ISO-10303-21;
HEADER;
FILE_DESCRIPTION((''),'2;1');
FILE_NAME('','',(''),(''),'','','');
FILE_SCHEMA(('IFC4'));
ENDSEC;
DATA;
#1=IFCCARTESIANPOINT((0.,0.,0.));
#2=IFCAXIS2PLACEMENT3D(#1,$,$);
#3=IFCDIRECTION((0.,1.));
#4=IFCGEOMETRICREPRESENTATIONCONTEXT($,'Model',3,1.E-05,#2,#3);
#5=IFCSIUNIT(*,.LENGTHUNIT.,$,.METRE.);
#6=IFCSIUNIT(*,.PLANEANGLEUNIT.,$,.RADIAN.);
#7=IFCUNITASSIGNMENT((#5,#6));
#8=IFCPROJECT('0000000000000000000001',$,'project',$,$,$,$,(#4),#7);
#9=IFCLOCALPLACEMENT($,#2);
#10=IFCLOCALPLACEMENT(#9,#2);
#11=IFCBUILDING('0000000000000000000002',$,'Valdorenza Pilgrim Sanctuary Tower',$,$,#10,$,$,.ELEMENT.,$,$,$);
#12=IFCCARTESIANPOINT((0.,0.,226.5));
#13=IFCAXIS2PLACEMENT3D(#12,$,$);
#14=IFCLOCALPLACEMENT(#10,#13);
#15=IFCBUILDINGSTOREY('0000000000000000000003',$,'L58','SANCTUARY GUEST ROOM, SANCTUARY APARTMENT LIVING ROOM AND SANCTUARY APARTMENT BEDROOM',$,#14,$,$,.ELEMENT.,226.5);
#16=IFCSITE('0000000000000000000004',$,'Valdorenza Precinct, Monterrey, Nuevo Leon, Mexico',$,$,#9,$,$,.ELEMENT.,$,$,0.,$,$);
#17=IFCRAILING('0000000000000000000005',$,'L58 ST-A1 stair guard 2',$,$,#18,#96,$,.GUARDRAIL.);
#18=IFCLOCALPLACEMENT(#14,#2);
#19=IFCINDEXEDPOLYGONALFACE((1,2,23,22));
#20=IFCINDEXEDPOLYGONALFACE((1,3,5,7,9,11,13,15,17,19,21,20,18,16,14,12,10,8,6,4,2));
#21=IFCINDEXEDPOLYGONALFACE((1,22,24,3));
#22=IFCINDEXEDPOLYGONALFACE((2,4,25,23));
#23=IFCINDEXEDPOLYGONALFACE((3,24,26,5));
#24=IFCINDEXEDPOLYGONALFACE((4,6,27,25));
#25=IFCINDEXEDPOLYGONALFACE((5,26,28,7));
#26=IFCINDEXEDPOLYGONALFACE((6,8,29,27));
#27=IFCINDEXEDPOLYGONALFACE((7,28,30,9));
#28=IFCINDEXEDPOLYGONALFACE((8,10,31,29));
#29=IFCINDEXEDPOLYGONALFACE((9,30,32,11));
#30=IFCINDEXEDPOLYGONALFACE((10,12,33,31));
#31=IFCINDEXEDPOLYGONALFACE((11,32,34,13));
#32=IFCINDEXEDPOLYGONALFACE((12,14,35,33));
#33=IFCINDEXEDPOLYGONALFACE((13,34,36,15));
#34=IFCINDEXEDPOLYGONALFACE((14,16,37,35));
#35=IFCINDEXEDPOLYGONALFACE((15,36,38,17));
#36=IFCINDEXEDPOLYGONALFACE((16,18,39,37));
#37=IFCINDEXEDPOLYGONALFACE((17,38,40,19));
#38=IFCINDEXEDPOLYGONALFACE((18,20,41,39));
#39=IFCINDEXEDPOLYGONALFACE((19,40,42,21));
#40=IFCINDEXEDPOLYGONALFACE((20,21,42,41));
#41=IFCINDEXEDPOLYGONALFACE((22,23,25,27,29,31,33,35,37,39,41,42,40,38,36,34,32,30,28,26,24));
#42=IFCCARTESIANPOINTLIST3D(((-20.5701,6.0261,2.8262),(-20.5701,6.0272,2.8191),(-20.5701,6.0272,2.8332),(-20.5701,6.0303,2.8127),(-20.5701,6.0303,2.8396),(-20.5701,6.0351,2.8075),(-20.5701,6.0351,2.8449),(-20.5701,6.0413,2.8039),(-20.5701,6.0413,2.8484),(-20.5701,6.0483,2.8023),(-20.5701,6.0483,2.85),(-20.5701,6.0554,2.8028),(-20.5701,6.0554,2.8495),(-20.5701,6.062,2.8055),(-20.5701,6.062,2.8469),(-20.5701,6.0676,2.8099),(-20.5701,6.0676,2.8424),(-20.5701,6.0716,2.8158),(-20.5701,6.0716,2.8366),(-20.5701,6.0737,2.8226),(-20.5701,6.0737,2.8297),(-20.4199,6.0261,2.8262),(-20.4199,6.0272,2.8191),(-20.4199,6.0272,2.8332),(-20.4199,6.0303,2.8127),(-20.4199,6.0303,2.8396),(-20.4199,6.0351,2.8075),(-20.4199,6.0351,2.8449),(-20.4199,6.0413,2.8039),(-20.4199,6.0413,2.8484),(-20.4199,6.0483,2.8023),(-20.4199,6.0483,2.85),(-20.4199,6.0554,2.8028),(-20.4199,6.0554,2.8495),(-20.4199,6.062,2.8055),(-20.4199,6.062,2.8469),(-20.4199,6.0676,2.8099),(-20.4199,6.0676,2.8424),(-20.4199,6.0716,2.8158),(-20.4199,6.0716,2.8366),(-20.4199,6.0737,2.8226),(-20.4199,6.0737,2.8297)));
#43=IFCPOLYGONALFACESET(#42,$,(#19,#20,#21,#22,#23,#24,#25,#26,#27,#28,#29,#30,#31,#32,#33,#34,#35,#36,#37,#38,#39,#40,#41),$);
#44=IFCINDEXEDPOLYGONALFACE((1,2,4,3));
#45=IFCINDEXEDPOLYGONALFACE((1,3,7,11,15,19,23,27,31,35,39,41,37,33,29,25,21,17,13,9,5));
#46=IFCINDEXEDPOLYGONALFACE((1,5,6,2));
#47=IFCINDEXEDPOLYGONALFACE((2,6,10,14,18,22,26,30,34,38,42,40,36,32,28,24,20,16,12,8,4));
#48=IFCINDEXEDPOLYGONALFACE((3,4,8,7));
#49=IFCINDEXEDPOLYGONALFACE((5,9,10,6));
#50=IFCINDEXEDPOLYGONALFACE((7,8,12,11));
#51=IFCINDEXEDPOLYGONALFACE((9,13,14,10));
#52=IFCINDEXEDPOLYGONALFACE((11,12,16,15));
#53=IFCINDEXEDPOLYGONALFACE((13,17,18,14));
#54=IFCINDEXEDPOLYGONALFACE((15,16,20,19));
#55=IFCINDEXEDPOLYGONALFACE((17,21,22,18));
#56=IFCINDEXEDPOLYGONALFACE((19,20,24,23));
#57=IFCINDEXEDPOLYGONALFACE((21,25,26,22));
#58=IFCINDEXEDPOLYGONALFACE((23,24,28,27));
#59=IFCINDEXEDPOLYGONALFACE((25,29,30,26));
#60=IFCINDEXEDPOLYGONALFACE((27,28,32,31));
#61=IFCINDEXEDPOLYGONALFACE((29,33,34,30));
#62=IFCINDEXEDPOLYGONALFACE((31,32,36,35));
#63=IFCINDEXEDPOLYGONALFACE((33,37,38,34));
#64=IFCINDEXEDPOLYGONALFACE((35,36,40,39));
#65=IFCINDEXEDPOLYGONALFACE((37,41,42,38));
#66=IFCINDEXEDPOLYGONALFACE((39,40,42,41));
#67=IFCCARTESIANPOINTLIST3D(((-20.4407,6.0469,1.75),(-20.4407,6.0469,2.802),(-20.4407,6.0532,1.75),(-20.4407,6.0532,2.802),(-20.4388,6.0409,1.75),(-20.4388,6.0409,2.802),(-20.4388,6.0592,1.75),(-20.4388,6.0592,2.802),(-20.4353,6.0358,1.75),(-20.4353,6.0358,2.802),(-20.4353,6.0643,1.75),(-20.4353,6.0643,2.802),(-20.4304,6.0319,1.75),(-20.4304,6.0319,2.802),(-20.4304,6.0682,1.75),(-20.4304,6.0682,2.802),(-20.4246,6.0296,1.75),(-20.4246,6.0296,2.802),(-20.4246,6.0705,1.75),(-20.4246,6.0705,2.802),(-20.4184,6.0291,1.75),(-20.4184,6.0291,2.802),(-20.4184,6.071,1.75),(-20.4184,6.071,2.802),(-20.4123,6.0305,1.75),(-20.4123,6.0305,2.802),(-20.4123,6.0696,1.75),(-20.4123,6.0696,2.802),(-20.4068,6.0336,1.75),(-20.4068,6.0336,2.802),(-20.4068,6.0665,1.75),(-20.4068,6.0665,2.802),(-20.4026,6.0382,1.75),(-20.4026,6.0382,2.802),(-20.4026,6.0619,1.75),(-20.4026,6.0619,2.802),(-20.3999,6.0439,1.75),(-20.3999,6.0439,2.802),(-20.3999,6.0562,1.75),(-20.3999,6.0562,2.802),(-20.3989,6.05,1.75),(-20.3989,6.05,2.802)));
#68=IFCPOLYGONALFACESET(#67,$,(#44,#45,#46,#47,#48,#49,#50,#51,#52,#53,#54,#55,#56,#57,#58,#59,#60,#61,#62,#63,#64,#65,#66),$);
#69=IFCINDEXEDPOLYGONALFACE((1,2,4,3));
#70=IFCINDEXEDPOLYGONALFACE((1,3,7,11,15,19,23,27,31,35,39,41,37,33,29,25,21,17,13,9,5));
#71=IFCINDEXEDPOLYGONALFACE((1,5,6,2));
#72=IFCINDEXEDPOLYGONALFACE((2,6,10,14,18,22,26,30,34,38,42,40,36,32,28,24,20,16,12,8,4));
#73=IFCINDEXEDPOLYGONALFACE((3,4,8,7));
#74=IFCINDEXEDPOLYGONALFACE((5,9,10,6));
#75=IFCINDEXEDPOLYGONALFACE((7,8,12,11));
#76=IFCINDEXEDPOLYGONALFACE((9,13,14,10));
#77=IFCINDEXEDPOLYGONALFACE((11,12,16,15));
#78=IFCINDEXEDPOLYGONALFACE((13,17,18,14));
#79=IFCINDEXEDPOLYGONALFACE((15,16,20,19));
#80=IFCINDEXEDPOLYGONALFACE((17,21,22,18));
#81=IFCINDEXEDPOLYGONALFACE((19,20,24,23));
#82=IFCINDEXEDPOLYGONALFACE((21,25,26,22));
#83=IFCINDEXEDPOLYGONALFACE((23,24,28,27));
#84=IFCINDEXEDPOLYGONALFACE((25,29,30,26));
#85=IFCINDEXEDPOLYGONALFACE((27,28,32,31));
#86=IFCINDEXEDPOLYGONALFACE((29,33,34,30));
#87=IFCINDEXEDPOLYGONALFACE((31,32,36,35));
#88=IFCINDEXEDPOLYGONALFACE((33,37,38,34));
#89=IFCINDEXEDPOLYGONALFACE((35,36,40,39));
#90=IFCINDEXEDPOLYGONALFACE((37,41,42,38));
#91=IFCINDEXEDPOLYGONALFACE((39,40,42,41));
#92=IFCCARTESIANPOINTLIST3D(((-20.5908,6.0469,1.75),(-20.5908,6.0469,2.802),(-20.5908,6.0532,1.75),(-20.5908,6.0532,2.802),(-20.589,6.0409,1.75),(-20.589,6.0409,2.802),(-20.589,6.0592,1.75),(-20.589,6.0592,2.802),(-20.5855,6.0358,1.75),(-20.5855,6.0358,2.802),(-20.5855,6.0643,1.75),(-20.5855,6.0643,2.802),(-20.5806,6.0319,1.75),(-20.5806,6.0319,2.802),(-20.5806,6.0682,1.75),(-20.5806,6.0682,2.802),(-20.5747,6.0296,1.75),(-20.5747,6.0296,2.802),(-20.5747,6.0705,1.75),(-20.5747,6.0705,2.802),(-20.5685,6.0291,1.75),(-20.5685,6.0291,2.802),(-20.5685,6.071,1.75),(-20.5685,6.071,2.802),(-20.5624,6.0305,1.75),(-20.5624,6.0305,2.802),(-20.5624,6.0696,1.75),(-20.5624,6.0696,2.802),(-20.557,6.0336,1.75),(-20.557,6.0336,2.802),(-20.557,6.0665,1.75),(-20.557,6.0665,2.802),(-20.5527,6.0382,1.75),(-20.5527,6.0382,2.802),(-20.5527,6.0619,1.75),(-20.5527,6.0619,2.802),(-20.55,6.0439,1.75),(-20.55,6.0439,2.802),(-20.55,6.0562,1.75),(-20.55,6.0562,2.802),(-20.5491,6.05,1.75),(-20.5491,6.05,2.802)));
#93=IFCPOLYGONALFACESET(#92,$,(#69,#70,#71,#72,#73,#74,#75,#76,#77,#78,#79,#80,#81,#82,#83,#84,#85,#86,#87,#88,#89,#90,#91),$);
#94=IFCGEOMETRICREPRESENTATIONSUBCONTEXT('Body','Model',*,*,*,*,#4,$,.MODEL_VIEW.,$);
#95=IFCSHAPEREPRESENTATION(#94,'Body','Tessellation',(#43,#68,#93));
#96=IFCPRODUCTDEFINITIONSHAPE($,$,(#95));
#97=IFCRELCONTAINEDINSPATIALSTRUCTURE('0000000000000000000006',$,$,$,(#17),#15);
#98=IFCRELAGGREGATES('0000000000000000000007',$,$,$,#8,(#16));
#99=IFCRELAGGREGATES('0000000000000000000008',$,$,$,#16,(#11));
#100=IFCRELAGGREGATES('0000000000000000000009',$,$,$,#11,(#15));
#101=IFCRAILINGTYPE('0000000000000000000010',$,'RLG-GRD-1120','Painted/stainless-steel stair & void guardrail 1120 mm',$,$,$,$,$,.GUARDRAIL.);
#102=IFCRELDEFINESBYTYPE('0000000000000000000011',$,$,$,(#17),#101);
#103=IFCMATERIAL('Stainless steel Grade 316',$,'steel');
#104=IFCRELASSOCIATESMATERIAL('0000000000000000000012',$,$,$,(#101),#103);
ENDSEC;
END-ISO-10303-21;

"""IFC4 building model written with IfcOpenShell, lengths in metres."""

from ifc_helpers import new_model, si_unit, direction, frame, origin, origin_2d, place, context, subcontext, project, spatial, circle, extrude, material, type_object, element, save


model = new_model("IFC4")

# Units and contexts
model_context = context("Model", 3, precision=1e-05, world=origin(), true_north=direction((0.0, 1.0)))
body_context = subcontext(model_context, "Body", "Model", "MODEL_VIEW")
ifc_project = project(units=[si_unit("LENGTHUNIT", "METRE"), si_unit("PLANEANGLEUNIT", "RADIAN")], contexts=[model_context])

# Site, building, storey
site_placement = place(None, origin())
site = spatial("IfcSite", under=ifc_project, at=site_placement, Name="Valdorenza Precinct, Monterrey, Nuevo Leon, Mexico", CompositionType="ELEMENT", RefElevation=0.0)
building_placement = place(site_placement, origin())
building = spatial("IfcBuilding", under=site, at=building_placement, Name="Valdorenza Pilgrim Sanctuary Tower", CompositionType="ELEMENT")
storey_placement = place(building_placement, frame((0.0, 0.0, 226.5)))
storey = spatial("IfcBuildingStorey", under=building, at=storey_placement, Name="L58", Description="SANCTUARY GUEST ROOM, SANCTUARY APARTMENT LIVING ROOM AND SANCTUARY APARTMENT BEDROOM", CompositionType="ELEMENT", Elevation=226.5)

# Railing
ifc_material_1 = material(Name="Stainless steel Grade 316", Category="steel")
railing_type_1 = type_object("IfcRailingType", Name="RLG-GRD-1120", Description="Painted/stainless-steel stair & void guardrail 1120 mm", PredefinedType="GUARDRAIL", material=ifc_material_1)
railing_1_placement = place(storey_placement, frame((-20.4199, 6.05, 1.75)))
element("IfcRailing", 1, at=railing_1_placement, inside=storey, type_object=railing_type_1, Name="L58 ST-A1 stair guard 2", PredefinedType="GUARDRAIL", context=body_context, shape_type="SweptSolid", body=[
    extrude(circle(Radius=0.0239, at=origin_2d()), frame((0.0, 0.0, 1.0762), z_axis=(-1.0, 0.0, 0.0), x_axis=(0.0, -1.0, 0.0)), (0.0, 0.0, 1.0), 0.1501),
    extrude(circle(Radius=0.021, at=origin_2d()), origin(), (0.0, 0.0, 1.0), 1.052),
    extrude(circle(Radius=0.021, at=origin_2d()), frame((-0.1501, 0.0, 0.0)), (0.0, 0.0, 1.0), 1.052),
])

save(model, "model.ifc")
